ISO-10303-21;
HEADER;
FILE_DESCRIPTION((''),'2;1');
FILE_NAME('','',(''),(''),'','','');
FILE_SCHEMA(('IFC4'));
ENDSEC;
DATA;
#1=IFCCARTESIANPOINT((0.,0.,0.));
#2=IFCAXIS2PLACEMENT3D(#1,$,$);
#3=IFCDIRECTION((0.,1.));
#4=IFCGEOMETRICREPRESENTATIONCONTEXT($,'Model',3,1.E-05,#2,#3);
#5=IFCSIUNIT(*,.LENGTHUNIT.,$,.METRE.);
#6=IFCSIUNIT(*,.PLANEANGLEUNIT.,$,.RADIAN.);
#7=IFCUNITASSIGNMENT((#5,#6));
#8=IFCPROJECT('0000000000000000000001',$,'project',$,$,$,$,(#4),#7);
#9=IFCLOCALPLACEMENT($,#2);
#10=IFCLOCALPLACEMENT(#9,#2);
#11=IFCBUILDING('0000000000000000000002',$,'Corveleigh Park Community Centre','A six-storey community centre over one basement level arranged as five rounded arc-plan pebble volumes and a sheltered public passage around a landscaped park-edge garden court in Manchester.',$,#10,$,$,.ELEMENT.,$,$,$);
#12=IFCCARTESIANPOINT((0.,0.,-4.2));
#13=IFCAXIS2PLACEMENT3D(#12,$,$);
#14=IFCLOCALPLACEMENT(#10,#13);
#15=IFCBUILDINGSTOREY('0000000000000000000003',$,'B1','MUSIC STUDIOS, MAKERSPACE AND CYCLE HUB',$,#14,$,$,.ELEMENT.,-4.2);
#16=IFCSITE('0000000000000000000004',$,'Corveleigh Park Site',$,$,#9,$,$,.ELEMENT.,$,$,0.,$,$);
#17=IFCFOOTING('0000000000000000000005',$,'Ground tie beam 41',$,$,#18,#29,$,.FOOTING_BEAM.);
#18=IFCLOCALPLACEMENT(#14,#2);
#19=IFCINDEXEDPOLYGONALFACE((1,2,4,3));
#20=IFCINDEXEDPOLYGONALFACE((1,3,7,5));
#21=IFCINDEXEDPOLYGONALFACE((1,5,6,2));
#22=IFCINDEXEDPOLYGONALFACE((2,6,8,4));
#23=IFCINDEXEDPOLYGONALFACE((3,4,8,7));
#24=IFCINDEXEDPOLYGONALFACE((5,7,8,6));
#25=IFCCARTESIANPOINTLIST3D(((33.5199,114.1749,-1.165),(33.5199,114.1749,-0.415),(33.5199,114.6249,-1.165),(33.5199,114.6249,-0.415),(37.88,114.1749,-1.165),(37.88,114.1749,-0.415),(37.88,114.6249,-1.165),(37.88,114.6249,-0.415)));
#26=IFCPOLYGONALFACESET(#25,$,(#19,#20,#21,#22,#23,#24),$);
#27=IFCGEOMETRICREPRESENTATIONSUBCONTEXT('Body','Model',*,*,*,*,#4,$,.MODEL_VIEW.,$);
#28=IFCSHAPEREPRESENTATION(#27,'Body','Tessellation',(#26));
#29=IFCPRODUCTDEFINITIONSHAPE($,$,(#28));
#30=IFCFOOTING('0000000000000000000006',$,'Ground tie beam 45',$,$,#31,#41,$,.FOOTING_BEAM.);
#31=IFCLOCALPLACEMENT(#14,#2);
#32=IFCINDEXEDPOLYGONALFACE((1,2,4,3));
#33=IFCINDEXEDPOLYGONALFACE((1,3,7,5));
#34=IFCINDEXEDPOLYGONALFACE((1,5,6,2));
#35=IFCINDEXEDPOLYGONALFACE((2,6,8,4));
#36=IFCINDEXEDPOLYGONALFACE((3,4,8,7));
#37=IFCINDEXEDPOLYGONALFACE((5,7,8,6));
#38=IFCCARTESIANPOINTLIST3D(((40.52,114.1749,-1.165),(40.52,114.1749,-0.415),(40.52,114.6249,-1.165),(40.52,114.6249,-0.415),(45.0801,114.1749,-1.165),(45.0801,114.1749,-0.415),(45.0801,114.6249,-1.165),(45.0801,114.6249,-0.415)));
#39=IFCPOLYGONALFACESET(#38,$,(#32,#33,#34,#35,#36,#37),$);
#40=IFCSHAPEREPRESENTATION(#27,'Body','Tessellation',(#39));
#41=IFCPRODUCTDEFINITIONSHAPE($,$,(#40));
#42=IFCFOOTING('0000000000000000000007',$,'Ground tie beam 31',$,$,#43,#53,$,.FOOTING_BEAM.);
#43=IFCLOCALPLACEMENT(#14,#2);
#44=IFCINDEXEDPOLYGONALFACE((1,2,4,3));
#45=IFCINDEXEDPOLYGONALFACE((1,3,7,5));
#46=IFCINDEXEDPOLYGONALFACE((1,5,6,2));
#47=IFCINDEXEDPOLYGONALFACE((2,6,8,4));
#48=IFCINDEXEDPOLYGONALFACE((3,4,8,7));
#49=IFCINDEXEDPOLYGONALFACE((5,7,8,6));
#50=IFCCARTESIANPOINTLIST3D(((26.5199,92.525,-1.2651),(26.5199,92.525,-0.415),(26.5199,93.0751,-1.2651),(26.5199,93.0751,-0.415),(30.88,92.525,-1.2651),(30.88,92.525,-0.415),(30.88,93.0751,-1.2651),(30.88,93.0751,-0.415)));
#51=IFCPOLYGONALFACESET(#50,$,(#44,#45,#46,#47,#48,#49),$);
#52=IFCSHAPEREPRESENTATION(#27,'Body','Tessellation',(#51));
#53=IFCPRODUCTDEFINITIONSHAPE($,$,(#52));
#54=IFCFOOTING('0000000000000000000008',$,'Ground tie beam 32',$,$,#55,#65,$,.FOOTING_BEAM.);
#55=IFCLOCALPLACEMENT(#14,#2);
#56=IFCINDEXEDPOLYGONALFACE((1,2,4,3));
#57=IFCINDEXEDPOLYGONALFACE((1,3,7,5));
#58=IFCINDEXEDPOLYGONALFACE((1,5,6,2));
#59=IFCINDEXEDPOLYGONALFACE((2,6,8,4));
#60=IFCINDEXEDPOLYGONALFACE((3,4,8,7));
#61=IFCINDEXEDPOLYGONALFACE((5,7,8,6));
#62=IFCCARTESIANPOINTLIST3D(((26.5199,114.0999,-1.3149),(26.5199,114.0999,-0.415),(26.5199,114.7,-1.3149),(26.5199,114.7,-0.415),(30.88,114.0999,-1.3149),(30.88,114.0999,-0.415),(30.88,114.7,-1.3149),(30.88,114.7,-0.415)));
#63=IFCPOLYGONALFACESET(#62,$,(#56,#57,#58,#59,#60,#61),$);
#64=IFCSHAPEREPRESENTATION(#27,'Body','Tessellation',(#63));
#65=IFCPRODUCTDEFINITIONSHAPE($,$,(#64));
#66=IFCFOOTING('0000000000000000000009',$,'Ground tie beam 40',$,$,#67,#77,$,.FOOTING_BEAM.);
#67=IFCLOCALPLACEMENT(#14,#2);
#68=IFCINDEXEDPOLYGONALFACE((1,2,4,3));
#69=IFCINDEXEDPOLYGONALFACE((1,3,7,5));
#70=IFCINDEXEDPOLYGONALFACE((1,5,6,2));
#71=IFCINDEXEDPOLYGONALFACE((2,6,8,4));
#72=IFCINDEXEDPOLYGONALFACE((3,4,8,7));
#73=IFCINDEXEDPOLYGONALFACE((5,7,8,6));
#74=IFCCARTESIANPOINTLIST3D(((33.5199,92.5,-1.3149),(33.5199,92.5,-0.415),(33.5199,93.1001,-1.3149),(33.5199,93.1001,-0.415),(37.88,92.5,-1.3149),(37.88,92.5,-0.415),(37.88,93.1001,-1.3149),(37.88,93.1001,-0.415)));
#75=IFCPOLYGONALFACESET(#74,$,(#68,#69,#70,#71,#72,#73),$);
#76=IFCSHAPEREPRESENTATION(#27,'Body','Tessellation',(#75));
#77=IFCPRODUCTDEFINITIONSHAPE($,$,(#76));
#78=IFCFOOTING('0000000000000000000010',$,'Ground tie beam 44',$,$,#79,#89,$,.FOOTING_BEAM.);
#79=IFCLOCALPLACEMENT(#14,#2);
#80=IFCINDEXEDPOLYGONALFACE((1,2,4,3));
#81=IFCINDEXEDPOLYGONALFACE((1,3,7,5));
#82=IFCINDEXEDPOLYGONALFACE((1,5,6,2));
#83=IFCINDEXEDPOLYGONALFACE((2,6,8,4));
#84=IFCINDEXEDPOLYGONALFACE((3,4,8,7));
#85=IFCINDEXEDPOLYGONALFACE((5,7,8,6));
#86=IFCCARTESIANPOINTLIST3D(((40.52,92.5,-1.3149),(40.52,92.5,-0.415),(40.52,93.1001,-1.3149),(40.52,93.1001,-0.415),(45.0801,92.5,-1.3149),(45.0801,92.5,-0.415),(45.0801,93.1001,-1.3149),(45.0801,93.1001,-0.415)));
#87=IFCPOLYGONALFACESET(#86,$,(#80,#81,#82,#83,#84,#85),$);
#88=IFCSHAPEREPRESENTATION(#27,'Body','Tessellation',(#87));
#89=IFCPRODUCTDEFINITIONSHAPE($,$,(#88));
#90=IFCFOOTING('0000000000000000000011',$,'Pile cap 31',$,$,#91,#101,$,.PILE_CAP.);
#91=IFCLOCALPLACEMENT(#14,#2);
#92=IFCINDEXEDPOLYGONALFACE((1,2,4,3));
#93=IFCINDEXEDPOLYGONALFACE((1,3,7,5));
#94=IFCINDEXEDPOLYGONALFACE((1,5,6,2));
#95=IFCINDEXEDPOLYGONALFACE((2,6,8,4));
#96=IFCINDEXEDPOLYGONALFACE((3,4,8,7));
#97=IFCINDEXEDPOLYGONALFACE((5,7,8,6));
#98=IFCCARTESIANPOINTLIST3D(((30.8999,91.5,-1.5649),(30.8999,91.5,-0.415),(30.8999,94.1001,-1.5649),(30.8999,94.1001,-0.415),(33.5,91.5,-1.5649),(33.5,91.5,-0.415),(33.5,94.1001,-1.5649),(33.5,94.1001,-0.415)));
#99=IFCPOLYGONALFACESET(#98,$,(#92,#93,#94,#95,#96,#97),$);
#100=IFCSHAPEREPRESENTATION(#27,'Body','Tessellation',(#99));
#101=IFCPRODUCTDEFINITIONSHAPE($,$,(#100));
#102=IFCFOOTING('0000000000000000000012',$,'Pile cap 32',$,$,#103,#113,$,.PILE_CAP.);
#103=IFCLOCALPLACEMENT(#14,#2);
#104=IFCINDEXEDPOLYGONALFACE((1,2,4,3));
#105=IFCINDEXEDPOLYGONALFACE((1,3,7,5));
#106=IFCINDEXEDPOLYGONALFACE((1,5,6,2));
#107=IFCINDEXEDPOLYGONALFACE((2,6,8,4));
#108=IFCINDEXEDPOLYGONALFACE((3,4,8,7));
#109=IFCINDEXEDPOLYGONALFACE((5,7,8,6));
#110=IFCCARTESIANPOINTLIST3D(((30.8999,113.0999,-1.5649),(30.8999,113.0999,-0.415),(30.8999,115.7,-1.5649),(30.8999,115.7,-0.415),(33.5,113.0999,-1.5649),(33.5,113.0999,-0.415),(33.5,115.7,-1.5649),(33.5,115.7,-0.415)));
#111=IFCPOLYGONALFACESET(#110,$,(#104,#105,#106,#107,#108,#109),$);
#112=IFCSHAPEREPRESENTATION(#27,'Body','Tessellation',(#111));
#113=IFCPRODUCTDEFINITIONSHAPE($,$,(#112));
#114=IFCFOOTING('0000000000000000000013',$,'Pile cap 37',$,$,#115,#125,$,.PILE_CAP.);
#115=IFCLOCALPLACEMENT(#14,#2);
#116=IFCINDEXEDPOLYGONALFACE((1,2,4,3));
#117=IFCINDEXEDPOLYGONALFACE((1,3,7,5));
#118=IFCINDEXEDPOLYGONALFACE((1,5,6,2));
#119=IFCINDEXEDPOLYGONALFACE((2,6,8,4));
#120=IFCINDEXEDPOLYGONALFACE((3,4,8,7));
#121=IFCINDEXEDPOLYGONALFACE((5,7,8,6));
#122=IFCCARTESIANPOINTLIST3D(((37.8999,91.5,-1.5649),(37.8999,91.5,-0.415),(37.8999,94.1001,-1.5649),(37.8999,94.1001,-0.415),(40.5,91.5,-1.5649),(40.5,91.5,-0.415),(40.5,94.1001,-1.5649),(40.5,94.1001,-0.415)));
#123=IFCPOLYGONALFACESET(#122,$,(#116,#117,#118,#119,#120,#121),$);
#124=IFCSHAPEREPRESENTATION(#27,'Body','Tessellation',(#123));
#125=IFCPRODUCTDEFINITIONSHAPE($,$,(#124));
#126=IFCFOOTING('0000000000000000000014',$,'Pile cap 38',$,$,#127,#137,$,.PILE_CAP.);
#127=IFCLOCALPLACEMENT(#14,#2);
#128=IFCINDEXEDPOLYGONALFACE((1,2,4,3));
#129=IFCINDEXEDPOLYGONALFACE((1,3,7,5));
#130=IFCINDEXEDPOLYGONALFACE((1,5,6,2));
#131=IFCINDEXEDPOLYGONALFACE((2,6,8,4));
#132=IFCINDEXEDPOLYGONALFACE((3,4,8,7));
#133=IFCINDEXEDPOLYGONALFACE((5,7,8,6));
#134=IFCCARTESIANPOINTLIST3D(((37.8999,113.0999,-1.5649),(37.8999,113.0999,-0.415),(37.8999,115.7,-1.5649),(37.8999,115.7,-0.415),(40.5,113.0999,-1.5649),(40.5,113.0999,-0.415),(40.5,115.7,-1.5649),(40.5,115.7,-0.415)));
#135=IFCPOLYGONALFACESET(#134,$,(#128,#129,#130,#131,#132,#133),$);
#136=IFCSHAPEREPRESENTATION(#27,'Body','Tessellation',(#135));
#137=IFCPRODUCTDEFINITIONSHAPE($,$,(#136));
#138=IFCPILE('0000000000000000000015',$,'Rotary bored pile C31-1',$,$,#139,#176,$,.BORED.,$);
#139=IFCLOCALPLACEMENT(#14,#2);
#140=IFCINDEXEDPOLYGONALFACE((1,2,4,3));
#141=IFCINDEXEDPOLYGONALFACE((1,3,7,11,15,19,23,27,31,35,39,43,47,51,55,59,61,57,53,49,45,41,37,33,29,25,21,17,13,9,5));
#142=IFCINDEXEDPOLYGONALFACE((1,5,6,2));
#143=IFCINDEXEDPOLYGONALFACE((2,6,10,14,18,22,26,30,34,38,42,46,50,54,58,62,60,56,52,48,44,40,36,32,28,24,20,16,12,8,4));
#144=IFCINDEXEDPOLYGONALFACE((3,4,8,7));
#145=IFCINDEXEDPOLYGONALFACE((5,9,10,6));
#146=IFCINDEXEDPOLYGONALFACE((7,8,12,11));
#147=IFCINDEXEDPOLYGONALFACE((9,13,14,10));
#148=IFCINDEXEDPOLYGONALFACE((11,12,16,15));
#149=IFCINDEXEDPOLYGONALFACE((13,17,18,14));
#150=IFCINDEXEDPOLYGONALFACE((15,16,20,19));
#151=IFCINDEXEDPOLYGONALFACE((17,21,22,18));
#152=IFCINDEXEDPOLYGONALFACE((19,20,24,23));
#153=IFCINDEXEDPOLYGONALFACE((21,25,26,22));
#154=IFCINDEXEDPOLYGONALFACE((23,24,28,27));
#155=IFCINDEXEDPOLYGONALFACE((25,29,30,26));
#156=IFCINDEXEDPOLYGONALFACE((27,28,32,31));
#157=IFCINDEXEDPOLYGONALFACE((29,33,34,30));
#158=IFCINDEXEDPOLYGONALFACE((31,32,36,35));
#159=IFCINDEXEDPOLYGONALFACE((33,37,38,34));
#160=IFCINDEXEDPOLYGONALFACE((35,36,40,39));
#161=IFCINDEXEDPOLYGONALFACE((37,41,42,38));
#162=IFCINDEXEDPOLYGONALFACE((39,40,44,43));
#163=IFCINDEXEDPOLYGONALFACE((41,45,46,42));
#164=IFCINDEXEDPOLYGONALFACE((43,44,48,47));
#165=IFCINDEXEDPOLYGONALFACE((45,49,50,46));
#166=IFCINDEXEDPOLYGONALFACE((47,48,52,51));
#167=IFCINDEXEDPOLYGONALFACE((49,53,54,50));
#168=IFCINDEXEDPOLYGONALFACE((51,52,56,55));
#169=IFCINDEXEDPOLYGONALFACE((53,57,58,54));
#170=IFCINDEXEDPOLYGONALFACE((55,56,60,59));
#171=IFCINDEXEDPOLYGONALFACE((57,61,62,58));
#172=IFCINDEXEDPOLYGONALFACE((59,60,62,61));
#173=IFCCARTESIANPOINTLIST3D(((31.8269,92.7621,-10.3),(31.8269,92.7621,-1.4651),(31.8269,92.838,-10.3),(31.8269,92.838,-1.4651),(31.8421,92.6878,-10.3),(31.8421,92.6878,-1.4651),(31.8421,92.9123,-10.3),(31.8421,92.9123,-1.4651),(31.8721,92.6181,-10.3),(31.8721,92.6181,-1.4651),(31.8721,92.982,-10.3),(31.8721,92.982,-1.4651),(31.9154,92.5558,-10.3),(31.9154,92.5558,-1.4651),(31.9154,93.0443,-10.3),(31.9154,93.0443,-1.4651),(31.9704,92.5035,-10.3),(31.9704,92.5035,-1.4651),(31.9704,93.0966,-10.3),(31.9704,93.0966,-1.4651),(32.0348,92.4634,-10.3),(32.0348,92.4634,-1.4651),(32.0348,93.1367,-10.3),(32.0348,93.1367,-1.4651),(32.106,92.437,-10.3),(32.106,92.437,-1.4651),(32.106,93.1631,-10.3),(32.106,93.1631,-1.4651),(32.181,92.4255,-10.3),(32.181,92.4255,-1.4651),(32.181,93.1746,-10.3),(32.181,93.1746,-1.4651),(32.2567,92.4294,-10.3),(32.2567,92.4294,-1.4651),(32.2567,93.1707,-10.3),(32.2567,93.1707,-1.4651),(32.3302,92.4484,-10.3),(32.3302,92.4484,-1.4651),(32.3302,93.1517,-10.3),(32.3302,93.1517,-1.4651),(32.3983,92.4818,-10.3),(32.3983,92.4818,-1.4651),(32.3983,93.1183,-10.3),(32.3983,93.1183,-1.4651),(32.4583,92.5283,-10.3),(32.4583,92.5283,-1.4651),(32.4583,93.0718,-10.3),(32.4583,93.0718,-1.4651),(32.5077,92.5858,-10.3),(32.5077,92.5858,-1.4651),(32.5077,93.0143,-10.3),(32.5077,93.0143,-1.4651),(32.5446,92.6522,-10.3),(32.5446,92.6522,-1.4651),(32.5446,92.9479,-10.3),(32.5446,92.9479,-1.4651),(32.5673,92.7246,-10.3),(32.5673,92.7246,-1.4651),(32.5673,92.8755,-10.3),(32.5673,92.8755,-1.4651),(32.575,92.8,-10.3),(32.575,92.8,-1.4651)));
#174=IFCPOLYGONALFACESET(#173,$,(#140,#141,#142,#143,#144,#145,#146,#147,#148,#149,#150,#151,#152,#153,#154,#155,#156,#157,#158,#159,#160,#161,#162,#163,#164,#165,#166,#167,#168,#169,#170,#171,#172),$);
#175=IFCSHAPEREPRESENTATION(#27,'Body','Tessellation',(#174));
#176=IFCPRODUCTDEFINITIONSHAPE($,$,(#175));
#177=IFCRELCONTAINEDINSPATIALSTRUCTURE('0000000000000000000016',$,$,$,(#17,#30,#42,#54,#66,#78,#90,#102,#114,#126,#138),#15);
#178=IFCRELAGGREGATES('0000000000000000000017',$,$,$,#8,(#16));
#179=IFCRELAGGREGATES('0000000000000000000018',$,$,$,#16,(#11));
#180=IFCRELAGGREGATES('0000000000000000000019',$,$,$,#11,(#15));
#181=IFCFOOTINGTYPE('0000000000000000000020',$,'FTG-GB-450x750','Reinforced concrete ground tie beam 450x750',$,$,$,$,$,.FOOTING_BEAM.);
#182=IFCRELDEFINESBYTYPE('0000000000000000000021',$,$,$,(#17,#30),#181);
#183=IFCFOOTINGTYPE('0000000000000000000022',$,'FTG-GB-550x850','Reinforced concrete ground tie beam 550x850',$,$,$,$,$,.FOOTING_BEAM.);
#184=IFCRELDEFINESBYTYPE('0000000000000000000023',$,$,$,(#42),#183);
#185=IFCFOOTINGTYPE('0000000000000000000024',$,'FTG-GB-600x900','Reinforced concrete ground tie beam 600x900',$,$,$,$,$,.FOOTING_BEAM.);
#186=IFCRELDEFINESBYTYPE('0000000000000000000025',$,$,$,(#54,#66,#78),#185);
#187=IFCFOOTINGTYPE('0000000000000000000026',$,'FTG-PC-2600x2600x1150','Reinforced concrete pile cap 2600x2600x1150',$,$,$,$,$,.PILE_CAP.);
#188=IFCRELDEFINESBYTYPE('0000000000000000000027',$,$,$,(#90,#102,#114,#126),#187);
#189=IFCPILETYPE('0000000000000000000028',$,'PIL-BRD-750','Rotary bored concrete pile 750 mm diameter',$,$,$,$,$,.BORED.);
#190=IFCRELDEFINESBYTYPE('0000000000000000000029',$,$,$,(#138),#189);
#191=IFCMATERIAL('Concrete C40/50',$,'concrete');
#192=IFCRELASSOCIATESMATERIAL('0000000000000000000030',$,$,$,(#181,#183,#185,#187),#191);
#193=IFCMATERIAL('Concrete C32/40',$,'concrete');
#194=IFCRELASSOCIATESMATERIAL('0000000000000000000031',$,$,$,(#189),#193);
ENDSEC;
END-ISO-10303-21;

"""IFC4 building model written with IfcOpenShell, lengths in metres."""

from ifc_helpers import new_model, si_unit, direction, frame, origin, origin_2d, place, context, subcontext, project, spatial, rectangle, circle, extrude, material, material_profile, profile_set, type_object, element, save


model = new_model("IFC4")

# Units and contexts
model_context = context("Model", 3, precision=1e-05, world=origin(), true_north=direction((0.0, 1.0)))
body_context = subcontext(model_context, "Body", "Model", "MODEL_VIEW")
ifc_project = project(units=[si_unit("LENGTHUNIT", "METRE"), si_unit("PLANEANGLEUNIT", "RADIAN")], contexts=[model_context])

# Site, building, storey
site_placement = place(None, origin())
site = spatial("IfcSite", under=ifc_project, at=site_placement, Name="Corveleigh Park Site", CompositionType="ELEMENT", RefElevation=0.0)
building_placement = place(site_placement, origin())
building = spatial("IfcBuilding", under=site, at=building_placement, Name="Corveleigh Park Community Centre", Description="A six-storey community centre over one basement level arranged as five rounded arc-plan pebble volumes and a sheltered public passage around a landscaped park-edge garden court in Manchester.", CompositionType="ELEMENT")
storey_placement = place(building_placement, frame((0.0, 0.0, -4.2)))
storey = spatial("IfcBuildingStorey", under=building, at=storey_placement, Name="B1", Description="MUSIC STUDIOS, MAKERSPACE AND CYCLE HUB", CompositionType="ELEMENT", Elevation=-4.2)

# Footings
ifc_material_1 = material(Name="Concrete C40/50", Category="concrete")
footing_type_1 = type_object("IfcFootingType", Name="FTG-GB-450x750", Description="Reinforced concrete ground tie beam 450x750", PredefinedType="FOOTING_BEAM", material=ifc_material_1)
footing_1_placement = place(storey_placement, frame((35.7, 114.3999, -1.165), z_axis=(0.0, 0.0, 1.0), x_axis=(1.0, 0.0, 0.0)))
element("IfcFooting", 1, at=footing_1_placement, inside=storey, type_object=footing_type_1, Name="Ground tie beam 41", PredefinedType="FOOTING_BEAM", context=body_context, shape_type="SweptSolid", body=[
    extrude(rectangle(XDim=4.3601, YDim=0.45, at=origin_2d()), origin(), (0.0, 0.0, 1.0), 0.75),
])
footing_2_placement = place(storey_placement, frame((42.8, 114.3999, -1.165), z_axis=(0.0, 0.0, 1.0), x_axis=(1.0, 0.0, 0.0)))
element("IfcFooting", 2, at=footing_2_placement, inside=storey, type_object=footing_type_1, Name="Ground tie beam 45", PredefinedType="FOOTING_BEAM", context=body_context, shape_type="SweptSolid", body=[
    extrude(rectangle(XDim=4.5601, YDim=0.45, at=origin_2d()), origin(), (0.0, 0.0, 1.0), 0.75),
])
footing_type_2 = type_object("IfcFootingType", Name="FTG-GB-550x850", Description="Reinforced concrete ground tie beam 550x850", PredefinedType="FOOTING_BEAM", material=ifc_material_1)
footing_3_placement = place(storey_placement, frame((28.7, 92.8, -1.2651), z_axis=(0.0, 0.0, 1.0), x_axis=(1.0, 0.0, 0.0)))
element("IfcFooting", 3, at=footing_3_placement, inside=storey, type_object=footing_type_2, Name="Ground tie beam 31", PredefinedType="FOOTING_BEAM", context=body_context, shape_type="SweptSolid", body=[
    extrude(rectangle(XDim=4.3601, YDim=0.55, at=origin_2d()), origin(), (0.0, 0.0, 1.0), 0.8501),
])
footing_type_3 = type_object("IfcFootingType", Name="FTG-GB-600x900", Description="Reinforced concrete ground tie beam 600x900", PredefinedType="FOOTING_BEAM", material=ifc_material_1)
for number, where, z_axis, x_axis, name in (
    (4, (28.7, 114.3999, -1.3149), (0.0, 0.0, 1.0), (1.0, 0.0, 0.0), "Ground tie beam 32"),
    (5, (35.7, 92.8, -1.3149), (0.0, 0.0, 1.0), (1.0, 0.0, 0.0), "Ground tie beam 40"),
):
    element("IfcFooting", number, at=place(storey_placement, frame(where, z_axis=z_axis, x_axis=x_axis)), inside=storey, type_object=footing_type_3, Name=name, PredefinedType="FOOTING_BEAM", context=body_context, shape_type="SweptSolid", body=[
        extrude(rectangle(XDim=4.3601, YDim=0.6001, at=origin_2d()), origin(), (0.0, 0.0, 1.0), 0.8999),
    ])
footing_4_placement = place(storey_placement, frame((42.8, 92.8, -1.3149), z_axis=(0.0, 0.0, 1.0), x_axis=(1.0, 0.0, 0.0)))
element("IfcFooting", 6, at=footing_4_placement, inside=storey, type_object=footing_type_3, Name="Ground tie beam 44", PredefinedType="FOOTING_BEAM", context=body_context, shape_type="SweptSolid", body=[
    extrude(rectangle(XDim=4.5601, YDim=0.6001, at=origin_2d()), origin(), (0.0, 0.0, 1.0), 0.8999),
])
footing_type_4 = type_object("IfcFootingType", Name="FTG-PC-2600x2600x1150", Description="Reinforced concrete pile cap 2600x2600x1150", PredefinedType="PILE_CAP", material=ifc_material_1)
for number, where, z_axis, x_axis, name in (
    (7, (32.2, 92.8, -1.5649), (0.0, 0.0, 1.0), (1.0, 0.0, 0.0), "Pile cap 31"),
    (8, (32.2, 114.3999, -1.5649), (0.0, 0.0, 1.0), (1.0, 0.0, 0.0), "Pile cap 32"),
    (9, (39.2, 92.8, -1.5649), (0.0, 0.0, 1.0), (1.0, 0.0, 0.0), "Pile cap 37"),
    (10, (39.2, 114.3999, -1.5649), (0.0, 0.0, 1.0), (1.0, 0.0, 0.0), "Pile cap 38"),
):
    element("IfcFooting", number, at=place(storey_placement, frame(where, z_axis=z_axis, x_axis=x_axis)), inside=storey, type_object=footing_type_4, Name=name, PredefinedType="PILE_CAP", context=body_context, shape_type="SweptSolid", body=[
        extrude(rectangle(XDim=2.6001, YDim=2.6001, at=origin_2d()), origin(), (0.0, 0.0, 1.0), 1.1499),
    ])

# Pile
ifc_material_2 = material(Name="Concrete C32/40", Category="concrete")
ifc_material_profile_1 = material_profile(ifc_material_2, circle(Radius=0.375, at=origin_2d()), Name="BORED-PILE-750", Category="concrete")
ifc_profile_set_1 = profile_set([ifc_material_profile_1], Name="Concrete C32/40")
pile_type = type_object("IfcPileType", Name="PIL-BRD-750", Description="Rotary bored concrete pile 750 mm diameter", PredefinedType="BORED", material=ifc_profile_set_1)
for number, where, z_axis, x_axis, name in (
    (11, (32.2, 92.8, -1.4651), (0.0, 0.0, -1.0), (1.0, 0.0, 0.0), "Rotary bored pile C31-1"),
):
    element("IfcPile", number, at=place(storey_placement, frame(where, z_axis=z_axis, x_axis=x_axis)), inside=storey, type_object=pile_type, Name=name, PredefinedType="BORED", context=body_context, shape_type="SweptSolid", body=[
        extrude(circle(Radius=0.375, at=origin_2d()), origin(), (0.0, 0.0, 1.0), 8.835),
    ])

save(model, "model.ifc")
